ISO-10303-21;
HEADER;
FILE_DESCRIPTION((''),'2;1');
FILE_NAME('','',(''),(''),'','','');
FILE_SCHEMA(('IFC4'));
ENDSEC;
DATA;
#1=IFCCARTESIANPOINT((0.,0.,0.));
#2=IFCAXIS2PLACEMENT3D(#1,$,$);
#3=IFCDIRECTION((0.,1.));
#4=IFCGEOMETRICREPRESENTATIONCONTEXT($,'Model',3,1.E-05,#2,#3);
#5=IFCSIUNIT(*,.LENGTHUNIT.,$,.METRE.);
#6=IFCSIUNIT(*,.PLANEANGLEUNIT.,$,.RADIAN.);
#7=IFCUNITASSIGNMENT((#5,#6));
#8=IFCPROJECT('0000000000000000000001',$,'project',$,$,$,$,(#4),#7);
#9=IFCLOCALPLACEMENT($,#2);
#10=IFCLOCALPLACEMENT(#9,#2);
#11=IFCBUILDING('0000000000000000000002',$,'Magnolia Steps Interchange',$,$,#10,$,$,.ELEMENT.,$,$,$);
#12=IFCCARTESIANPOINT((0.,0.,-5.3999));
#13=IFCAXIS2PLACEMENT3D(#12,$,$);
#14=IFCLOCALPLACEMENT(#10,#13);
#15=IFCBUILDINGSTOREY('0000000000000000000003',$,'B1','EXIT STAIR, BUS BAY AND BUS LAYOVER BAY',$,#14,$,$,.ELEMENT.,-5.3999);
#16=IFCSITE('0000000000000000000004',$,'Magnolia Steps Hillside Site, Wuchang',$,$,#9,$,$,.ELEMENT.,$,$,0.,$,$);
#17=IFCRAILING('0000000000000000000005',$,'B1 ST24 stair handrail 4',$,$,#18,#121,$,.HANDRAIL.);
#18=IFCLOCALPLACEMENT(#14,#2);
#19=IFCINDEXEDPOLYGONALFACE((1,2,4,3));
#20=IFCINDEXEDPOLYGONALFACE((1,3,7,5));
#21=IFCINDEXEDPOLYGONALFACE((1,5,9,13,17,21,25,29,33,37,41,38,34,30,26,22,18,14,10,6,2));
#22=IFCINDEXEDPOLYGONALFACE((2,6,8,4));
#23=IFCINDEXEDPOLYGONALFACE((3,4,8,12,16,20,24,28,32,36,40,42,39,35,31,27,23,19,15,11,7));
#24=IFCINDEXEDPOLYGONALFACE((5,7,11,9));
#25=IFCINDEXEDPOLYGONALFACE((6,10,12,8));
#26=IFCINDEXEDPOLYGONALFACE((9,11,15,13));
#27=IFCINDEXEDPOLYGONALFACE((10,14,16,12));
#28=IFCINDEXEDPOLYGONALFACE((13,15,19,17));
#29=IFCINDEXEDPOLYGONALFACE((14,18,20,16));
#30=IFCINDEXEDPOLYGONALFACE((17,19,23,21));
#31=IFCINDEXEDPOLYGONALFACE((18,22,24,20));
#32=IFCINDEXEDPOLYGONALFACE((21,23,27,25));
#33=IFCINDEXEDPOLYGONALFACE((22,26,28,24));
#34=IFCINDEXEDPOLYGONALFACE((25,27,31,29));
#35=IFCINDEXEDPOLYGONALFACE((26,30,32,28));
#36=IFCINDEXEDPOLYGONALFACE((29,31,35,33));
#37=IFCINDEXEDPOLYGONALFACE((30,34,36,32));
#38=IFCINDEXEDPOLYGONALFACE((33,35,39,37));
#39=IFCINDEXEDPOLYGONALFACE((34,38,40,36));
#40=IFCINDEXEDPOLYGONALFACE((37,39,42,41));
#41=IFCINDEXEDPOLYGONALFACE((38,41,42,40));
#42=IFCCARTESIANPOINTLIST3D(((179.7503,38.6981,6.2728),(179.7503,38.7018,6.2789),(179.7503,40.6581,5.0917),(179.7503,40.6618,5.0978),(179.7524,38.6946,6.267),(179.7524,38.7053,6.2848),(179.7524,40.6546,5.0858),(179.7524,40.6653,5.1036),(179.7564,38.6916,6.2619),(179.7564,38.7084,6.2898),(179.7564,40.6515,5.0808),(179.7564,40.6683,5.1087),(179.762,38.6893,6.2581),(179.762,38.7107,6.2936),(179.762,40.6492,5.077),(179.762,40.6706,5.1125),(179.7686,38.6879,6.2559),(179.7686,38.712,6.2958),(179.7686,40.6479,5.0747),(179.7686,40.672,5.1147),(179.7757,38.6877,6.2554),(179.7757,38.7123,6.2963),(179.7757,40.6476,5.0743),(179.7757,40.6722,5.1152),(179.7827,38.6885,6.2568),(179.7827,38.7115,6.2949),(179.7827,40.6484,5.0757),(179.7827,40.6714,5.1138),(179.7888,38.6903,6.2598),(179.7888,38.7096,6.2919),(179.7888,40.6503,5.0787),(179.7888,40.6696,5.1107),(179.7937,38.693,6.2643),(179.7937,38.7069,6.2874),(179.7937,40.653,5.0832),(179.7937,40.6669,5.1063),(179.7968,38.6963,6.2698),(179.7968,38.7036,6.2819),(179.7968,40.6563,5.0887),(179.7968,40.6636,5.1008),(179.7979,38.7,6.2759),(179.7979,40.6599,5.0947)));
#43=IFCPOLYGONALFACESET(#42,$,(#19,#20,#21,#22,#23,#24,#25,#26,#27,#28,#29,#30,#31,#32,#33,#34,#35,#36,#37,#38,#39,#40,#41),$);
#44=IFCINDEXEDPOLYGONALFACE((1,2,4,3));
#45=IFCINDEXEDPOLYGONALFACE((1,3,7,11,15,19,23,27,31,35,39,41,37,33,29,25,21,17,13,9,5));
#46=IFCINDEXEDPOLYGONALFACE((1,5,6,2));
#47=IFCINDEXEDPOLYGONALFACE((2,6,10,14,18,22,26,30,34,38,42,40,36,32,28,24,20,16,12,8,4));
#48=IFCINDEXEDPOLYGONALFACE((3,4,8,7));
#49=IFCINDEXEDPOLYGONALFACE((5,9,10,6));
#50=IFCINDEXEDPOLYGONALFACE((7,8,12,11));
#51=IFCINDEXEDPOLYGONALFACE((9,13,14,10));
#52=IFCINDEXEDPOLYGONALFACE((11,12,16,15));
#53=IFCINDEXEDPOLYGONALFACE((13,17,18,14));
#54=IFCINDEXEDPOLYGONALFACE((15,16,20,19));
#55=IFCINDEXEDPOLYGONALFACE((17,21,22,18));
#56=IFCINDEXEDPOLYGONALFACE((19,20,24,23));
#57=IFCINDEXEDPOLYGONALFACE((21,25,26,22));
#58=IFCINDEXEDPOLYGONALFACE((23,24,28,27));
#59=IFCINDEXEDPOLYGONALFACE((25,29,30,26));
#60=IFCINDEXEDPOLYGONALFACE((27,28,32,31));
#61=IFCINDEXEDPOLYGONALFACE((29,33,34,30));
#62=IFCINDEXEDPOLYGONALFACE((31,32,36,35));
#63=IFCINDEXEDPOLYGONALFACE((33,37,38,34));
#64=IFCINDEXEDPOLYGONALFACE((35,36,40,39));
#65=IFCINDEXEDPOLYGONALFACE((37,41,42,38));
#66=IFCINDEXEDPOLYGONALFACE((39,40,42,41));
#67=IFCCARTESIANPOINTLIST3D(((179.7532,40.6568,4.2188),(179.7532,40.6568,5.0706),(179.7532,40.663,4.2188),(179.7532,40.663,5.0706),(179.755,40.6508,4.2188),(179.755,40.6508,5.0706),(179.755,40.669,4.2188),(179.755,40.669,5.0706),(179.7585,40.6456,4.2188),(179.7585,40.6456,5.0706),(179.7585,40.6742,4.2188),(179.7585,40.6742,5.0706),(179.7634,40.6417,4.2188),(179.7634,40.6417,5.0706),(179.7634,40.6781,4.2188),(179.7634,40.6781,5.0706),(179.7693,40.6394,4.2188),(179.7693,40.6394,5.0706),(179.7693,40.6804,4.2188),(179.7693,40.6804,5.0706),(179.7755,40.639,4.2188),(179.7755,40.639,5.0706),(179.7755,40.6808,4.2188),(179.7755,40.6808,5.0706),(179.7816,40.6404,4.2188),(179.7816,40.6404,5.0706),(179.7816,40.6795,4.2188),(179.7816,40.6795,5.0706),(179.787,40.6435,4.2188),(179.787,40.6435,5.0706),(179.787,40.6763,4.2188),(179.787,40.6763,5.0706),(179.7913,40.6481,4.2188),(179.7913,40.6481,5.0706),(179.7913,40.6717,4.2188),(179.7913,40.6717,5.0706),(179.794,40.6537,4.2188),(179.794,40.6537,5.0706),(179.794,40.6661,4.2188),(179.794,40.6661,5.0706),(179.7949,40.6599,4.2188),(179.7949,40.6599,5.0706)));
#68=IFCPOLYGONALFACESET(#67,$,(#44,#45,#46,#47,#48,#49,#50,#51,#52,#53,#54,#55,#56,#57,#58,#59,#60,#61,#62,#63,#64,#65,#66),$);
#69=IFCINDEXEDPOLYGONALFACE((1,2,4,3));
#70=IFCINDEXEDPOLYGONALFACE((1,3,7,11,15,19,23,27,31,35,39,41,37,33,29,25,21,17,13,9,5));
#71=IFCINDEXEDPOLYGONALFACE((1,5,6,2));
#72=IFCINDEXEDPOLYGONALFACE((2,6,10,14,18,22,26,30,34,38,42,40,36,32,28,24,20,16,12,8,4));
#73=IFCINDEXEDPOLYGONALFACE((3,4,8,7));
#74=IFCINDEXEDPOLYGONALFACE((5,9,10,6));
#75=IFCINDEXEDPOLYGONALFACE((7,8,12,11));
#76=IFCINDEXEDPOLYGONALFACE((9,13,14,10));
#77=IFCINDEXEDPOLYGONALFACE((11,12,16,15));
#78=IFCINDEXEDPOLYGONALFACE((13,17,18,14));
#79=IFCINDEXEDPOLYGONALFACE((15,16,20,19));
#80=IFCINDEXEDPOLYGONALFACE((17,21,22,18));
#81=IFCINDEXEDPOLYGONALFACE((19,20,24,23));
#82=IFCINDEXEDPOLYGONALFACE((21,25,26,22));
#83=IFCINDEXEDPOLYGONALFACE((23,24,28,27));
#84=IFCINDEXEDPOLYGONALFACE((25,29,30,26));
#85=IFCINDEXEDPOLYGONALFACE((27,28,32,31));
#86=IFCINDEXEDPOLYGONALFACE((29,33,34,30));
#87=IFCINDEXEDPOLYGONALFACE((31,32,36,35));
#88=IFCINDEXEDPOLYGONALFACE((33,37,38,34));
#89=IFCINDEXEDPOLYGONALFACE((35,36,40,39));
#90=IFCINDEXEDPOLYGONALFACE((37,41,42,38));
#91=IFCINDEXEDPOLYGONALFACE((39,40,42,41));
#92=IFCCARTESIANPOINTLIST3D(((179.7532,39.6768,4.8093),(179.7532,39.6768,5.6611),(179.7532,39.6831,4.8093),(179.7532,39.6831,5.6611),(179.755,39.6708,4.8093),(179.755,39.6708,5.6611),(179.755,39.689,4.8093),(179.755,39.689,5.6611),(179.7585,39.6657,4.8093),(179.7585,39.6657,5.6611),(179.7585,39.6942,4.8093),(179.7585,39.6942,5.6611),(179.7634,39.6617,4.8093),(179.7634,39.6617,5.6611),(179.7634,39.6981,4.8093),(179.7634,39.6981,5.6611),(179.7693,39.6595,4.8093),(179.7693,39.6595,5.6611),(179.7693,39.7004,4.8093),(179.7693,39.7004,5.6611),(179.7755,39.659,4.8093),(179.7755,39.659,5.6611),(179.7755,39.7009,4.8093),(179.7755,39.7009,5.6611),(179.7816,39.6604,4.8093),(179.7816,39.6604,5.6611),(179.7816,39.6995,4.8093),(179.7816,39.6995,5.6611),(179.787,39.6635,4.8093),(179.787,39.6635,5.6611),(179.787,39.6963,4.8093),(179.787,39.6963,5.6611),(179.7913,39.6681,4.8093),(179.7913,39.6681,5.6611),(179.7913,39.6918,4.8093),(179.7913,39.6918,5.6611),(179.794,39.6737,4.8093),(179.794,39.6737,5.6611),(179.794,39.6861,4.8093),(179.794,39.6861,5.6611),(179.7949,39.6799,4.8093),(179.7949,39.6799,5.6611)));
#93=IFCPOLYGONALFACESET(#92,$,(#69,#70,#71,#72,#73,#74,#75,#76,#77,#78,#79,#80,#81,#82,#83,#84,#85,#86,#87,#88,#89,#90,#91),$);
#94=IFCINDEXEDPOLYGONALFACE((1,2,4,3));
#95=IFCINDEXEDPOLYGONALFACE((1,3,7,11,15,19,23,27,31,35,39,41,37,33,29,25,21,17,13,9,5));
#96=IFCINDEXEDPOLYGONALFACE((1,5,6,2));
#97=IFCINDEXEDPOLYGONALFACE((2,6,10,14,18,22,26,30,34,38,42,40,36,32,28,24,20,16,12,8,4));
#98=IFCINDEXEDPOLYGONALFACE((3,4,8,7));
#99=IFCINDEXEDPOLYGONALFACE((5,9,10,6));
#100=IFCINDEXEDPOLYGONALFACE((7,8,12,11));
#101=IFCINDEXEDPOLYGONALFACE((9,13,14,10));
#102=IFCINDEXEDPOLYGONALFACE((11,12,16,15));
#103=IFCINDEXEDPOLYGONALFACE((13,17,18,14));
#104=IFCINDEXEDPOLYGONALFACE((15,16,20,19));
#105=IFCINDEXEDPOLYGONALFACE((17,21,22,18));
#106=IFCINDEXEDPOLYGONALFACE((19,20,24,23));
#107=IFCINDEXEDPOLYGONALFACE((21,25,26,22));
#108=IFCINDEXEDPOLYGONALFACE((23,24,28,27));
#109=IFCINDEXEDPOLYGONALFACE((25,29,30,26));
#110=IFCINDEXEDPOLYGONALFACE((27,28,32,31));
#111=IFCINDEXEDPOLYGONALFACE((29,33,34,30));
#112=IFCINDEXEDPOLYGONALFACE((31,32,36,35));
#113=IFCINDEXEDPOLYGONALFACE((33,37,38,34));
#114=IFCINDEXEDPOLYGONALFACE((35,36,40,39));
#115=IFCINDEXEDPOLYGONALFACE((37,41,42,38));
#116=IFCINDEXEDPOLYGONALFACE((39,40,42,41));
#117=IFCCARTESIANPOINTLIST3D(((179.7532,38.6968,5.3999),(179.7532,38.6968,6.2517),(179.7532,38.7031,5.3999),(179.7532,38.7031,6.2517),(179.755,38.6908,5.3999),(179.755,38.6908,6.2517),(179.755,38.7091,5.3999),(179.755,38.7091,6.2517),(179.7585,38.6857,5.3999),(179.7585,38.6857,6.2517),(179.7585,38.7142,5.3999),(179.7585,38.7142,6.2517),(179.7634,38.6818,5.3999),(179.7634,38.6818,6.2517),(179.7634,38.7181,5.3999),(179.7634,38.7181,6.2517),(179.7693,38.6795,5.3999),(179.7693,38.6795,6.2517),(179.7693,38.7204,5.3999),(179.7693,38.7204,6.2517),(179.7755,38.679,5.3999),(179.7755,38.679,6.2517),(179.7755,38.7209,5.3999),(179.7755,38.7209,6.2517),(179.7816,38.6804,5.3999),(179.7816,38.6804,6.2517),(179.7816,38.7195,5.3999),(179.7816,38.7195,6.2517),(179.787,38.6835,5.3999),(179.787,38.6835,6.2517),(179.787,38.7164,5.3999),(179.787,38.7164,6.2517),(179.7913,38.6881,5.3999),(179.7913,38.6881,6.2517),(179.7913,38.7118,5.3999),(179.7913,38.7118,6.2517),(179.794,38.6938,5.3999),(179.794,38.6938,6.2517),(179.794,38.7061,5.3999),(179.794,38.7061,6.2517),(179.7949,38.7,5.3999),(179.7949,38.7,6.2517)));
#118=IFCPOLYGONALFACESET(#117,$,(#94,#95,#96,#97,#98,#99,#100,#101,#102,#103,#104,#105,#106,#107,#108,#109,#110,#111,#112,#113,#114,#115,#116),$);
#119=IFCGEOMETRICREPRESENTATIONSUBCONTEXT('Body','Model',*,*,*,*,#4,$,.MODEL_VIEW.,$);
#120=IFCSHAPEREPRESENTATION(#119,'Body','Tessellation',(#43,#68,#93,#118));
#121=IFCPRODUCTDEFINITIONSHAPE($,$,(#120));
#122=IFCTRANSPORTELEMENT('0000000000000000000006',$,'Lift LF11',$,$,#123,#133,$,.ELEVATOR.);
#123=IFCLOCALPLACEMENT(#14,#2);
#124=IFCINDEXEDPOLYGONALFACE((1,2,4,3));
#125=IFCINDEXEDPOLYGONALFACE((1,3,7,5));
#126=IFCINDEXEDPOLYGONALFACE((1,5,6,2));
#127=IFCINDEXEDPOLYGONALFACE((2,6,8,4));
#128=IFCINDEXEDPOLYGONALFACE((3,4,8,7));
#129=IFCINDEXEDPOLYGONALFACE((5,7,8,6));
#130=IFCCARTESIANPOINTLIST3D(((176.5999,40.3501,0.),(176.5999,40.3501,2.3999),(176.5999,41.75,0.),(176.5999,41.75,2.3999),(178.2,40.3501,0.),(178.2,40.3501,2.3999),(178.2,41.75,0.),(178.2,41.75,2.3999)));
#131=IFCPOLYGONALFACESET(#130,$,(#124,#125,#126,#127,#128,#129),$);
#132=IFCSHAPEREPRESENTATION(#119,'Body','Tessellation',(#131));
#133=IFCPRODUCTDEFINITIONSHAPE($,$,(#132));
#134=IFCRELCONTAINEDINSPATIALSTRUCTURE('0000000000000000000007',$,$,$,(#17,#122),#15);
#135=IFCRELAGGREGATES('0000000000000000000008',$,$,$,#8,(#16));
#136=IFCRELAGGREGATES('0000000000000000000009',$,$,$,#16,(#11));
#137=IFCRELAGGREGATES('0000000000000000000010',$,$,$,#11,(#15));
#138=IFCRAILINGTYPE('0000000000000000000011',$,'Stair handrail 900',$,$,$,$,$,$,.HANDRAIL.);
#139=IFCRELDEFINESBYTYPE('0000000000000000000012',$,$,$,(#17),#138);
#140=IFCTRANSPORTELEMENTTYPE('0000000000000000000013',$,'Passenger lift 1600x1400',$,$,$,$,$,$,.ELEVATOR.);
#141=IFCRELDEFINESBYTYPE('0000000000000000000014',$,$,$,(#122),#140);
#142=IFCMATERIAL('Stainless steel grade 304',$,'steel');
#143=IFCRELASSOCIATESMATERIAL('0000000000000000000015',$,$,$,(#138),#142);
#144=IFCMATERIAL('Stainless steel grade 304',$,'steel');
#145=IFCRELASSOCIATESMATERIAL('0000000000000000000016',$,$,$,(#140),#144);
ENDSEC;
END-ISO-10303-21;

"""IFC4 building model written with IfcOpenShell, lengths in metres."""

from ifc_helpers import new_model, si_unit, direction, frame, origin, origin_2d, place, context, subcontext, project, spatial, rectangle, circle, extrude, material, type_object, element, save


model = new_model("IFC4")

# Units and contexts
model_context = context("Model", 3, precision=1e-05, world=origin(), true_north=direction((0.0, 1.0)))
body_context = subcontext(model_context, "Body", "Model", "MODEL_VIEW")
ifc_project = project(units=[si_unit("LENGTHUNIT", "METRE"), si_unit("PLANEANGLEUNIT", "RADIAN")], contexts=[model_context])

# Site, building, storey
site_placement = place(None, origin())
site = spatial("IfcSite", under=ifc_project, at=site_placement, Name="Magnolia Steps Hillside Site, Wuchang", CompositionType="ELEMENT", RefElevation=0.0)
building_placement = place(site_placement, origin())
building = spatial("IfcBuilding", under=site, at=building_placement, Name="Magnolia Steps Interchange", CompositionType="ELEMENT")
storey_placement = place(building_placement, frame((0.0, 0.0, -5.3999)))
storey = spatial("IfcBuildingStorey", under=building, at=storey_placement, Name="B1", Description="EXIT STAIR, BUS BAY AND BUS LAYOVER BAY", CompositionType="ELEMENT", Elevation=-5.3999)

# Railing
ifc_material_1 = material(Name="Stainless steel grade 304", Category="steel")
railing_type_1 = type_object("IfcRailingType", Name="Stair handrail 900", PredefinedType="HANDRAIL", material=ifc_material_1)
railing_1_placement = place(storey_placement, frame((179.7739, 40.6599, 4.2188)))
element("IfcRailing", 1, at=railing_1_placement, inside=storey, type_object=railing_type_1, Name="B1 ST24 stair handrail 4", PredefinedType="HANDRAIL", context=body_context, shape_type="SweptSolid", body=[
    extrude(circle(Radius=0.0239, at=origin_2d()), frame((0.0, 0.0, 0.876), z_axis=(0.0, -0.856493, 0.516158), x_axis=(1.0, 0.0, 0.0)), (0.0, 0.0, 1.0), 2.2883),
    extrude(circle(Radius=0.021, at=origin_2d()), origin(), (0.0, 0.0, 1.0), 0.8518),
    extrude(circle(Radius=0.021, at=origin_2d()), frame((0.0, -0.98, 0.5906)), (0.0, 0.0, 1.0), 0.8518),
    extrude(circle(Radius=0.021, at=origin_2d()), frame((0.0, -1.96, 1.1812)), (0.0, 0.0, 1.0), 0.8518),
])

# Transport element
ifc_material_2 = material(Name="Stainless steel grade 304", Category="steel")
transport_element_type = type_object("IfcTransportElementType", Name="Passenger lift 1600x1400", PredefinedType="ELEVATOR", material=ifc_material_2)
transport_element_placement = place(storey_placement, frame((177.3999, 41.05, 0.0), z_axis=(0.0, 0.0, 1.0), x_axis=(1.0, 0.0, 0.0)))
element("IfcTransportElement", 2, at=transport_element_placement, inside=storey, type_object=transport_element_type, Name="Lift LF11", PredefinedType="ELEVATOR", context=body_context, shape_type="SweptSolid", body=[
    extrude(rectangle(XDim=1.6001, YDim=1.3999, at=origin_2d()), origin(), (0.0, 0.0, 1.0), 2.3999),
])

save(model, "model.ifc")
